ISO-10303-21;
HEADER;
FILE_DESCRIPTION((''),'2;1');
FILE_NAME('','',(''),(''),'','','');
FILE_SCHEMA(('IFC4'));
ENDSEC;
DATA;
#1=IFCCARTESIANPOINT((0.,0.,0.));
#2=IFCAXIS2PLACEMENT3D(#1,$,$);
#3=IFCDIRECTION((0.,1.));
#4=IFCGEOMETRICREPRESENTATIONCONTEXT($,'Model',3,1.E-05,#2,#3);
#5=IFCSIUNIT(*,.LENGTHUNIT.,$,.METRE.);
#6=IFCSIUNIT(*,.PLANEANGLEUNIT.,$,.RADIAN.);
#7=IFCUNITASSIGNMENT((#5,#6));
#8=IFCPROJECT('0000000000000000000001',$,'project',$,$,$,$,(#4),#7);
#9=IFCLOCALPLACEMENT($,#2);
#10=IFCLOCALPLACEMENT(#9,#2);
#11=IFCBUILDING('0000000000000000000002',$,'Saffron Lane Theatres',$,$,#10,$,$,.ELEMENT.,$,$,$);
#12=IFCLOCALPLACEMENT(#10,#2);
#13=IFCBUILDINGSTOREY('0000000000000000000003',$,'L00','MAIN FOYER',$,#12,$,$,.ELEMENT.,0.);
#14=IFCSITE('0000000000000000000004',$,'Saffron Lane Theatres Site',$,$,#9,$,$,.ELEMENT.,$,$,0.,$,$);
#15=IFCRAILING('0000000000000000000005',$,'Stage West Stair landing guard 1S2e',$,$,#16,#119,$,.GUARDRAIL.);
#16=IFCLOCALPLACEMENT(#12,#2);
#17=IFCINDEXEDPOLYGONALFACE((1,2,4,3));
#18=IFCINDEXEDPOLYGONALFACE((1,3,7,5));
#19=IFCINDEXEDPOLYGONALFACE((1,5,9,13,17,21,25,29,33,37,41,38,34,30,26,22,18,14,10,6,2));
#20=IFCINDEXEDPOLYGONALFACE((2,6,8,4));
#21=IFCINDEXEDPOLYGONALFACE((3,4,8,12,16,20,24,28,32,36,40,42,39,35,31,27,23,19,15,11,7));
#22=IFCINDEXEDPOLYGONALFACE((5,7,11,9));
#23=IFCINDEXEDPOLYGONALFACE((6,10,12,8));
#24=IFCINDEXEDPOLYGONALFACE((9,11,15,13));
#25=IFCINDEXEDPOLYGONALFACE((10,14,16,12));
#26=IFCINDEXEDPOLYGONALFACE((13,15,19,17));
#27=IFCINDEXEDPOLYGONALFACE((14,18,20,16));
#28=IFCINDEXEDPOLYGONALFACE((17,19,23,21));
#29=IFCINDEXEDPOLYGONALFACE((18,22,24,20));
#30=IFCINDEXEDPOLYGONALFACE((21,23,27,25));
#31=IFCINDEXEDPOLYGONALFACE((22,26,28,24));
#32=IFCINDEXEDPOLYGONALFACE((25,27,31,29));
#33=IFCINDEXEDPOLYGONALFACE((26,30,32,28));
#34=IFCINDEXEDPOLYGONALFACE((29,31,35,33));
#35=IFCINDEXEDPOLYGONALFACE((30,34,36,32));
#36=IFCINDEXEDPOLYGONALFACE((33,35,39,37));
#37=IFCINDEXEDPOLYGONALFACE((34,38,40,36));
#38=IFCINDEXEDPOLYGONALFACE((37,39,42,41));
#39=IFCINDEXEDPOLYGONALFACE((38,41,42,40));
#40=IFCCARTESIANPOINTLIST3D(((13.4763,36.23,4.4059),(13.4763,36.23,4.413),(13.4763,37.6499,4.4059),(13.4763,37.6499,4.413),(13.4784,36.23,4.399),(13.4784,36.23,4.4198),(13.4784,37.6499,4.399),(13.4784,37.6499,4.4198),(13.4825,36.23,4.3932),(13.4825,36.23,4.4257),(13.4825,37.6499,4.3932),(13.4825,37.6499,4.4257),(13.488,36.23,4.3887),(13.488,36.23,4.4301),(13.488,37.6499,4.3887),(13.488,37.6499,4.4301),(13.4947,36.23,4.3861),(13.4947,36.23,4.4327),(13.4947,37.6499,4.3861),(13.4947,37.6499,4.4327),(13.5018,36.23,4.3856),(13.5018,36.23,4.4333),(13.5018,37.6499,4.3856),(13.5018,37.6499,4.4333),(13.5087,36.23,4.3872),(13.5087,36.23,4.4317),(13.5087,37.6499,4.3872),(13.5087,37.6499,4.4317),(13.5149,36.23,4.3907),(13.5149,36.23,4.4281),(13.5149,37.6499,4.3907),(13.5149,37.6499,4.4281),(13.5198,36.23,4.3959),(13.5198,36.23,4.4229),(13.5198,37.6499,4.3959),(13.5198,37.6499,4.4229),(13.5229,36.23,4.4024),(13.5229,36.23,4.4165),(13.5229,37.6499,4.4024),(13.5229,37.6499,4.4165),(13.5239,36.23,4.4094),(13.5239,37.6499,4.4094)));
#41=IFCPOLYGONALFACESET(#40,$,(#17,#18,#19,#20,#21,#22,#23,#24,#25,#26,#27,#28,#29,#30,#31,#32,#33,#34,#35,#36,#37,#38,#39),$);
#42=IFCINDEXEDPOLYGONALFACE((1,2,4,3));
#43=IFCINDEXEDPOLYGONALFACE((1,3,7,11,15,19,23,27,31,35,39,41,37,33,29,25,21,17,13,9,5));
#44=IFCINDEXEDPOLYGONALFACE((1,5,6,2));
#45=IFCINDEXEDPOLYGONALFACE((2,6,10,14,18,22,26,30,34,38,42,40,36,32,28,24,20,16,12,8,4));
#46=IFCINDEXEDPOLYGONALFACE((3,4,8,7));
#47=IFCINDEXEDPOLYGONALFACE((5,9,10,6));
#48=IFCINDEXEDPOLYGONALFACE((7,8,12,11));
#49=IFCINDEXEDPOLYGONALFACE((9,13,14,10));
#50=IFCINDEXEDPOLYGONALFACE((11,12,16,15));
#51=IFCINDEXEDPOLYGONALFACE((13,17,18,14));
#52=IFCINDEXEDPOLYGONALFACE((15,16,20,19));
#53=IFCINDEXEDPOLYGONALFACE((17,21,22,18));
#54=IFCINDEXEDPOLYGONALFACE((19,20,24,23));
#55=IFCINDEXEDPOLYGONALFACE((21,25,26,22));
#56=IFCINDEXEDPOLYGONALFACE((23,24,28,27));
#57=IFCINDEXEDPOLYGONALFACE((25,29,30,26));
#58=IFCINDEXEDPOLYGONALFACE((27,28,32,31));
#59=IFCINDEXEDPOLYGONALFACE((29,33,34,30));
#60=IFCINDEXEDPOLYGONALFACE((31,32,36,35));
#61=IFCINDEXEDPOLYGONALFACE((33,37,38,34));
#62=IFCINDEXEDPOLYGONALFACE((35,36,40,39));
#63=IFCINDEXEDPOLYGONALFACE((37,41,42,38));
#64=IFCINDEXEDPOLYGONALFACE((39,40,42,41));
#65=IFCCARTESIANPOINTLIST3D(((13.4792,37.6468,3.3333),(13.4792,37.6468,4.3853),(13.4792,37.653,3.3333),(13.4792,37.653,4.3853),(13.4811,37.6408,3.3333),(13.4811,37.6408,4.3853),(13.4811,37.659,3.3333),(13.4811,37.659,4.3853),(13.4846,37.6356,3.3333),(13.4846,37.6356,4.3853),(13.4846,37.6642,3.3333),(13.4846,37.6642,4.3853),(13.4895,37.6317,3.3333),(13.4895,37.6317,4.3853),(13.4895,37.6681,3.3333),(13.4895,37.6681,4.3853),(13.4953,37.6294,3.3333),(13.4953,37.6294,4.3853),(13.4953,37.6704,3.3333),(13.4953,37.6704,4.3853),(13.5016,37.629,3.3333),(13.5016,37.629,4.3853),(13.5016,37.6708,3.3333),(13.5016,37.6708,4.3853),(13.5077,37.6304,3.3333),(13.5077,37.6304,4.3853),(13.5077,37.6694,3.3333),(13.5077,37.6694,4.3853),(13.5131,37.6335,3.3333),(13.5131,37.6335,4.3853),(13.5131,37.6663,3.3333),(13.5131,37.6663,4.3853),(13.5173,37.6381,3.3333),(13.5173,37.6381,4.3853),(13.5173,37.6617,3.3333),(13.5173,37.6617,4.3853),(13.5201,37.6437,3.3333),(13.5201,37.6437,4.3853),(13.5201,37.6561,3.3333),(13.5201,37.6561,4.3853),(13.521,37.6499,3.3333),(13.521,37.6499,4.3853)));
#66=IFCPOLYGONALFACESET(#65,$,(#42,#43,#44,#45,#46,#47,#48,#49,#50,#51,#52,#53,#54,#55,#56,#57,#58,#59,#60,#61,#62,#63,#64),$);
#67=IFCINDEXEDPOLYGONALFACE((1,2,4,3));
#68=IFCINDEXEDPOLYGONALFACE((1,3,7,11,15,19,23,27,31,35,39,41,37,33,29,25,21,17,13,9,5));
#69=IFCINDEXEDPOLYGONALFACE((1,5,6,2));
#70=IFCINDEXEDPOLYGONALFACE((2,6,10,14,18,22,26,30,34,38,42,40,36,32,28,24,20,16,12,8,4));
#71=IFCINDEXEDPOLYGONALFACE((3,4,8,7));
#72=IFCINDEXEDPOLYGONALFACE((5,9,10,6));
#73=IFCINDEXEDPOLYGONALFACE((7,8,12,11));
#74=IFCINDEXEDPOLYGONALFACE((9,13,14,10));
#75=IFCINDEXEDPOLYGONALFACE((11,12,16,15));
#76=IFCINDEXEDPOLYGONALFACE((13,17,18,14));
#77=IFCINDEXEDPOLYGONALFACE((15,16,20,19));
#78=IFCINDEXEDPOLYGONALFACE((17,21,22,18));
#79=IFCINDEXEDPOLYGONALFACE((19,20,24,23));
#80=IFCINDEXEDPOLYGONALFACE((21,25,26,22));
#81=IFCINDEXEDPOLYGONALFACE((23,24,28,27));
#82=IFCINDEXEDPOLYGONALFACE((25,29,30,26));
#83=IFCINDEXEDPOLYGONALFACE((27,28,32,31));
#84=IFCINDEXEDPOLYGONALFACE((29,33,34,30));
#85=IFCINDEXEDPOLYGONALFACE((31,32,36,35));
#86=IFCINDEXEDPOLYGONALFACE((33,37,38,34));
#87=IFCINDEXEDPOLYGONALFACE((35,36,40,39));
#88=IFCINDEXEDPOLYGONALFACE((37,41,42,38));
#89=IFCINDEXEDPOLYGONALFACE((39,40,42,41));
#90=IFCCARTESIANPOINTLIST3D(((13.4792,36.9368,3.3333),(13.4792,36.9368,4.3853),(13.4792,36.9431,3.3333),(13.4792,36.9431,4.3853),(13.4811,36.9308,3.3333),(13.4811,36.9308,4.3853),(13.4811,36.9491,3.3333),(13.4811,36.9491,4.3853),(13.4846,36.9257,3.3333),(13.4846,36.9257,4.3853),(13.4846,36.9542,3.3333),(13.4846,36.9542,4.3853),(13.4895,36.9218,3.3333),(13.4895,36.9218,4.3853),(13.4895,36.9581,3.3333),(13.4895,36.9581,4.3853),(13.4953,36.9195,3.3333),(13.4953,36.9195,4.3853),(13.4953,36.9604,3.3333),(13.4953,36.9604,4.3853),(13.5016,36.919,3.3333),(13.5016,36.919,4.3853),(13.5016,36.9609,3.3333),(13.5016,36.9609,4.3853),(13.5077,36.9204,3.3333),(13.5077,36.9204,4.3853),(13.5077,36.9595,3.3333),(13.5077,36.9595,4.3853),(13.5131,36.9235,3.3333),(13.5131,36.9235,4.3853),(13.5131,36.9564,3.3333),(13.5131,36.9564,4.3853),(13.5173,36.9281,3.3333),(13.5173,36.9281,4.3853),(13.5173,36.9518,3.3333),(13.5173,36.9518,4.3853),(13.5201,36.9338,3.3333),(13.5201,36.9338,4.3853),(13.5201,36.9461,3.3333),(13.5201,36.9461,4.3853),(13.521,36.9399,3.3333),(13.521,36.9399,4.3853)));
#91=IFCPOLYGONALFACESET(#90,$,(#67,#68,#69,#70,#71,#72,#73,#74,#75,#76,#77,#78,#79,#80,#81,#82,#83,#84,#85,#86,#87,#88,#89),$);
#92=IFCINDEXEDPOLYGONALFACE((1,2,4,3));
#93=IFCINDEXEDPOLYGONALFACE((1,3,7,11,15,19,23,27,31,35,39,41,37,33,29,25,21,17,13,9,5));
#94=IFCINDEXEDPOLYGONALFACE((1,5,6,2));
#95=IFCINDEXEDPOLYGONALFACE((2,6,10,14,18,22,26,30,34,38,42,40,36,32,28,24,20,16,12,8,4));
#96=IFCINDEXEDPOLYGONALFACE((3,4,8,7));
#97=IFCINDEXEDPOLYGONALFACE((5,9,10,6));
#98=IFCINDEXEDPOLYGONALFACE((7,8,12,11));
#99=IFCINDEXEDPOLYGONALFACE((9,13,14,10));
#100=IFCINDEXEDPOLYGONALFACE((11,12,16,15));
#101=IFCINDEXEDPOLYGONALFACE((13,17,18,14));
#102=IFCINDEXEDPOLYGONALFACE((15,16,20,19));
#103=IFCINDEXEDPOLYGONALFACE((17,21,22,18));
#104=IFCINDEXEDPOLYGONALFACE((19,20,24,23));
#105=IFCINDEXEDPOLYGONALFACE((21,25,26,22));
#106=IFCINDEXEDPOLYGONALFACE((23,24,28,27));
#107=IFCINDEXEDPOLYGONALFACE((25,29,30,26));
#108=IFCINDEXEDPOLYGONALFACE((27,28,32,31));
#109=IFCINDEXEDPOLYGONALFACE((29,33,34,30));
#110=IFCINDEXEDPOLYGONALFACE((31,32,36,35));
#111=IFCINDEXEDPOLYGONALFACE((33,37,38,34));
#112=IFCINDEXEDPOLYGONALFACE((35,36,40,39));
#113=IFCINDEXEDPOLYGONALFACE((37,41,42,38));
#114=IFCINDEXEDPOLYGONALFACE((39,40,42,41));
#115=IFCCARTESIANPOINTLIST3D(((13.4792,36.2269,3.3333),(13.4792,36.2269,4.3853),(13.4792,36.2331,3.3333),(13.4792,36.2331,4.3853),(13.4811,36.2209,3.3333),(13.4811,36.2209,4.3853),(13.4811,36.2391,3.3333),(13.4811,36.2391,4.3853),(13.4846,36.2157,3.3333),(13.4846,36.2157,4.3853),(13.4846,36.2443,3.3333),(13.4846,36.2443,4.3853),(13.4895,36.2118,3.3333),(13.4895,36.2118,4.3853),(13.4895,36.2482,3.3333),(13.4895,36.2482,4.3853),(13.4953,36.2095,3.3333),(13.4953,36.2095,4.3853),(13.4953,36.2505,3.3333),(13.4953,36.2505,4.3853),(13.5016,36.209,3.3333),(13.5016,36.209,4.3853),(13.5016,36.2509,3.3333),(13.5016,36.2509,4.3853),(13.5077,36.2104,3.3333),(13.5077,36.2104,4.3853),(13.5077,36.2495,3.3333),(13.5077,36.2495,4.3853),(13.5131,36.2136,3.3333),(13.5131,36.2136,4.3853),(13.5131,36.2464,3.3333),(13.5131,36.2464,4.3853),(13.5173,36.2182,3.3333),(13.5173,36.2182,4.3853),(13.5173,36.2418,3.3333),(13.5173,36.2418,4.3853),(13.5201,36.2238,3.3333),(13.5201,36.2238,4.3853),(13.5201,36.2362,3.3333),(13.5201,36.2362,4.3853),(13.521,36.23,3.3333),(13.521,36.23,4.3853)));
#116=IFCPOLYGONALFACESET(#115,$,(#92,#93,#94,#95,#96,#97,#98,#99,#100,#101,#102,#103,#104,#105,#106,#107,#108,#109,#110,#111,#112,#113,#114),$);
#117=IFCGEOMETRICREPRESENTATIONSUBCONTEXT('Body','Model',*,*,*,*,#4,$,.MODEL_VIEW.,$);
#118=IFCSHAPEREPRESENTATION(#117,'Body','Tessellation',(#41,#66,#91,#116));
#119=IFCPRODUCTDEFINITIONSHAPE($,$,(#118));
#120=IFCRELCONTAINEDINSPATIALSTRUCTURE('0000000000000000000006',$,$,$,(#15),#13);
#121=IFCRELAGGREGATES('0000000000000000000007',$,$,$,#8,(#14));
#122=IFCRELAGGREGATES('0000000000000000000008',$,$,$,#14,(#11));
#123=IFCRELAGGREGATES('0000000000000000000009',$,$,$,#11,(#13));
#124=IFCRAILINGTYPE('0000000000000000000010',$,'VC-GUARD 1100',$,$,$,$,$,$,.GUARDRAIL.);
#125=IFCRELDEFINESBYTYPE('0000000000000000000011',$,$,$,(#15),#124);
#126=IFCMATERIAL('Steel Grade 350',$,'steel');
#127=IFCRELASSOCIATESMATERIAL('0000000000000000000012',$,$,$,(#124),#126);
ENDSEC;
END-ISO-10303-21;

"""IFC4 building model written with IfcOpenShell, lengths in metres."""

from ifc_helpers import new_model, si_unit, direction, frame, origin, origin_2d, place, context, subcontext, project, spatial, circle, extrude, material, type_object, element, save


model = new_model("IFC4")

# Units and contexts
model_context = context("Model", 3, precision=1e-05, world=origin(), true_north=direction((0.0, 1.0)))
body_context = subcontext(model_context, "Body", "Model", "MODEL_VIEW")
ifc_project = project(units=[si_unit("LENGTHUNIT", "METRE"), si_unit("PLANEANGLEUNIT", "RADIAN")], contexts=[model_context])

# Site, building, storey
site_placement = place(None, origin())
site = spatial("IfcSite", under=ifc_project, at=site_placement, Name="Saffron Lane Theatres Site", CompositionType="ELEMENT", RefElevation=0.0)
building_placement = place(site_placement, origin())
building = spatial("IfcBuilding", under=site, at=building_placement, Name="Saffron Lane Theatres", CompositionType="ELEMENT")
storey_placement = place(building_placement, origin())
storey = spatial("IfcBuildingStorey", under=building, at=storey_placement, Name="L00", Description="MAIN FOYER", CompositionType="ELEMENT", Elevation=0.0)

# Railing
ifc_material_1 = material(Name="Steel Grade 350", Category="steel")
railing_type_1 = type_object("IfcRailingType", Name="VC-GUARD 1100", PredefinedType="GUARDRAIL", material=ifc_material_1)
railing_1_placement = place(storey_placement, frame((13.5, 37.6499, 3.3333)))
element("IfcRailing", 1, at=railing_1_placement, inside=storey, type_object=railing_type_1, Name="Stage West Stair landing guard 1S2e", PredefinedType="GUARDRAIL", context=body_context, shape_type="SweptSolid", body=[
    extrude(circle(Radius=0.0239, at=origin_2d()), frame((0.0, 0.0, 1.0762), z_axis=(0.0, -1.0, 0.0), x_axis=(1.0, 0.0, 0.0)), (0.0, 0.0, 1.0), 1.4199),
    extrude(circle(Radius=0.021, at=origin_2d()), origin(), (0.0, 0.0, 1.0), 1.052),
    extrude(circle(Radius=0.021, at=origin_2d()), frame((0.0, -0.71, 0.0)), (0.0, 0.0, 1.0), 1.052),
    extrude(circle(Radius=0.021, at=origin_2d()), frame((0.0, -1.4199, 0.0)), (0.0, 0.0, 1.0), 1.052),
])

save(model, "model.ifc")
